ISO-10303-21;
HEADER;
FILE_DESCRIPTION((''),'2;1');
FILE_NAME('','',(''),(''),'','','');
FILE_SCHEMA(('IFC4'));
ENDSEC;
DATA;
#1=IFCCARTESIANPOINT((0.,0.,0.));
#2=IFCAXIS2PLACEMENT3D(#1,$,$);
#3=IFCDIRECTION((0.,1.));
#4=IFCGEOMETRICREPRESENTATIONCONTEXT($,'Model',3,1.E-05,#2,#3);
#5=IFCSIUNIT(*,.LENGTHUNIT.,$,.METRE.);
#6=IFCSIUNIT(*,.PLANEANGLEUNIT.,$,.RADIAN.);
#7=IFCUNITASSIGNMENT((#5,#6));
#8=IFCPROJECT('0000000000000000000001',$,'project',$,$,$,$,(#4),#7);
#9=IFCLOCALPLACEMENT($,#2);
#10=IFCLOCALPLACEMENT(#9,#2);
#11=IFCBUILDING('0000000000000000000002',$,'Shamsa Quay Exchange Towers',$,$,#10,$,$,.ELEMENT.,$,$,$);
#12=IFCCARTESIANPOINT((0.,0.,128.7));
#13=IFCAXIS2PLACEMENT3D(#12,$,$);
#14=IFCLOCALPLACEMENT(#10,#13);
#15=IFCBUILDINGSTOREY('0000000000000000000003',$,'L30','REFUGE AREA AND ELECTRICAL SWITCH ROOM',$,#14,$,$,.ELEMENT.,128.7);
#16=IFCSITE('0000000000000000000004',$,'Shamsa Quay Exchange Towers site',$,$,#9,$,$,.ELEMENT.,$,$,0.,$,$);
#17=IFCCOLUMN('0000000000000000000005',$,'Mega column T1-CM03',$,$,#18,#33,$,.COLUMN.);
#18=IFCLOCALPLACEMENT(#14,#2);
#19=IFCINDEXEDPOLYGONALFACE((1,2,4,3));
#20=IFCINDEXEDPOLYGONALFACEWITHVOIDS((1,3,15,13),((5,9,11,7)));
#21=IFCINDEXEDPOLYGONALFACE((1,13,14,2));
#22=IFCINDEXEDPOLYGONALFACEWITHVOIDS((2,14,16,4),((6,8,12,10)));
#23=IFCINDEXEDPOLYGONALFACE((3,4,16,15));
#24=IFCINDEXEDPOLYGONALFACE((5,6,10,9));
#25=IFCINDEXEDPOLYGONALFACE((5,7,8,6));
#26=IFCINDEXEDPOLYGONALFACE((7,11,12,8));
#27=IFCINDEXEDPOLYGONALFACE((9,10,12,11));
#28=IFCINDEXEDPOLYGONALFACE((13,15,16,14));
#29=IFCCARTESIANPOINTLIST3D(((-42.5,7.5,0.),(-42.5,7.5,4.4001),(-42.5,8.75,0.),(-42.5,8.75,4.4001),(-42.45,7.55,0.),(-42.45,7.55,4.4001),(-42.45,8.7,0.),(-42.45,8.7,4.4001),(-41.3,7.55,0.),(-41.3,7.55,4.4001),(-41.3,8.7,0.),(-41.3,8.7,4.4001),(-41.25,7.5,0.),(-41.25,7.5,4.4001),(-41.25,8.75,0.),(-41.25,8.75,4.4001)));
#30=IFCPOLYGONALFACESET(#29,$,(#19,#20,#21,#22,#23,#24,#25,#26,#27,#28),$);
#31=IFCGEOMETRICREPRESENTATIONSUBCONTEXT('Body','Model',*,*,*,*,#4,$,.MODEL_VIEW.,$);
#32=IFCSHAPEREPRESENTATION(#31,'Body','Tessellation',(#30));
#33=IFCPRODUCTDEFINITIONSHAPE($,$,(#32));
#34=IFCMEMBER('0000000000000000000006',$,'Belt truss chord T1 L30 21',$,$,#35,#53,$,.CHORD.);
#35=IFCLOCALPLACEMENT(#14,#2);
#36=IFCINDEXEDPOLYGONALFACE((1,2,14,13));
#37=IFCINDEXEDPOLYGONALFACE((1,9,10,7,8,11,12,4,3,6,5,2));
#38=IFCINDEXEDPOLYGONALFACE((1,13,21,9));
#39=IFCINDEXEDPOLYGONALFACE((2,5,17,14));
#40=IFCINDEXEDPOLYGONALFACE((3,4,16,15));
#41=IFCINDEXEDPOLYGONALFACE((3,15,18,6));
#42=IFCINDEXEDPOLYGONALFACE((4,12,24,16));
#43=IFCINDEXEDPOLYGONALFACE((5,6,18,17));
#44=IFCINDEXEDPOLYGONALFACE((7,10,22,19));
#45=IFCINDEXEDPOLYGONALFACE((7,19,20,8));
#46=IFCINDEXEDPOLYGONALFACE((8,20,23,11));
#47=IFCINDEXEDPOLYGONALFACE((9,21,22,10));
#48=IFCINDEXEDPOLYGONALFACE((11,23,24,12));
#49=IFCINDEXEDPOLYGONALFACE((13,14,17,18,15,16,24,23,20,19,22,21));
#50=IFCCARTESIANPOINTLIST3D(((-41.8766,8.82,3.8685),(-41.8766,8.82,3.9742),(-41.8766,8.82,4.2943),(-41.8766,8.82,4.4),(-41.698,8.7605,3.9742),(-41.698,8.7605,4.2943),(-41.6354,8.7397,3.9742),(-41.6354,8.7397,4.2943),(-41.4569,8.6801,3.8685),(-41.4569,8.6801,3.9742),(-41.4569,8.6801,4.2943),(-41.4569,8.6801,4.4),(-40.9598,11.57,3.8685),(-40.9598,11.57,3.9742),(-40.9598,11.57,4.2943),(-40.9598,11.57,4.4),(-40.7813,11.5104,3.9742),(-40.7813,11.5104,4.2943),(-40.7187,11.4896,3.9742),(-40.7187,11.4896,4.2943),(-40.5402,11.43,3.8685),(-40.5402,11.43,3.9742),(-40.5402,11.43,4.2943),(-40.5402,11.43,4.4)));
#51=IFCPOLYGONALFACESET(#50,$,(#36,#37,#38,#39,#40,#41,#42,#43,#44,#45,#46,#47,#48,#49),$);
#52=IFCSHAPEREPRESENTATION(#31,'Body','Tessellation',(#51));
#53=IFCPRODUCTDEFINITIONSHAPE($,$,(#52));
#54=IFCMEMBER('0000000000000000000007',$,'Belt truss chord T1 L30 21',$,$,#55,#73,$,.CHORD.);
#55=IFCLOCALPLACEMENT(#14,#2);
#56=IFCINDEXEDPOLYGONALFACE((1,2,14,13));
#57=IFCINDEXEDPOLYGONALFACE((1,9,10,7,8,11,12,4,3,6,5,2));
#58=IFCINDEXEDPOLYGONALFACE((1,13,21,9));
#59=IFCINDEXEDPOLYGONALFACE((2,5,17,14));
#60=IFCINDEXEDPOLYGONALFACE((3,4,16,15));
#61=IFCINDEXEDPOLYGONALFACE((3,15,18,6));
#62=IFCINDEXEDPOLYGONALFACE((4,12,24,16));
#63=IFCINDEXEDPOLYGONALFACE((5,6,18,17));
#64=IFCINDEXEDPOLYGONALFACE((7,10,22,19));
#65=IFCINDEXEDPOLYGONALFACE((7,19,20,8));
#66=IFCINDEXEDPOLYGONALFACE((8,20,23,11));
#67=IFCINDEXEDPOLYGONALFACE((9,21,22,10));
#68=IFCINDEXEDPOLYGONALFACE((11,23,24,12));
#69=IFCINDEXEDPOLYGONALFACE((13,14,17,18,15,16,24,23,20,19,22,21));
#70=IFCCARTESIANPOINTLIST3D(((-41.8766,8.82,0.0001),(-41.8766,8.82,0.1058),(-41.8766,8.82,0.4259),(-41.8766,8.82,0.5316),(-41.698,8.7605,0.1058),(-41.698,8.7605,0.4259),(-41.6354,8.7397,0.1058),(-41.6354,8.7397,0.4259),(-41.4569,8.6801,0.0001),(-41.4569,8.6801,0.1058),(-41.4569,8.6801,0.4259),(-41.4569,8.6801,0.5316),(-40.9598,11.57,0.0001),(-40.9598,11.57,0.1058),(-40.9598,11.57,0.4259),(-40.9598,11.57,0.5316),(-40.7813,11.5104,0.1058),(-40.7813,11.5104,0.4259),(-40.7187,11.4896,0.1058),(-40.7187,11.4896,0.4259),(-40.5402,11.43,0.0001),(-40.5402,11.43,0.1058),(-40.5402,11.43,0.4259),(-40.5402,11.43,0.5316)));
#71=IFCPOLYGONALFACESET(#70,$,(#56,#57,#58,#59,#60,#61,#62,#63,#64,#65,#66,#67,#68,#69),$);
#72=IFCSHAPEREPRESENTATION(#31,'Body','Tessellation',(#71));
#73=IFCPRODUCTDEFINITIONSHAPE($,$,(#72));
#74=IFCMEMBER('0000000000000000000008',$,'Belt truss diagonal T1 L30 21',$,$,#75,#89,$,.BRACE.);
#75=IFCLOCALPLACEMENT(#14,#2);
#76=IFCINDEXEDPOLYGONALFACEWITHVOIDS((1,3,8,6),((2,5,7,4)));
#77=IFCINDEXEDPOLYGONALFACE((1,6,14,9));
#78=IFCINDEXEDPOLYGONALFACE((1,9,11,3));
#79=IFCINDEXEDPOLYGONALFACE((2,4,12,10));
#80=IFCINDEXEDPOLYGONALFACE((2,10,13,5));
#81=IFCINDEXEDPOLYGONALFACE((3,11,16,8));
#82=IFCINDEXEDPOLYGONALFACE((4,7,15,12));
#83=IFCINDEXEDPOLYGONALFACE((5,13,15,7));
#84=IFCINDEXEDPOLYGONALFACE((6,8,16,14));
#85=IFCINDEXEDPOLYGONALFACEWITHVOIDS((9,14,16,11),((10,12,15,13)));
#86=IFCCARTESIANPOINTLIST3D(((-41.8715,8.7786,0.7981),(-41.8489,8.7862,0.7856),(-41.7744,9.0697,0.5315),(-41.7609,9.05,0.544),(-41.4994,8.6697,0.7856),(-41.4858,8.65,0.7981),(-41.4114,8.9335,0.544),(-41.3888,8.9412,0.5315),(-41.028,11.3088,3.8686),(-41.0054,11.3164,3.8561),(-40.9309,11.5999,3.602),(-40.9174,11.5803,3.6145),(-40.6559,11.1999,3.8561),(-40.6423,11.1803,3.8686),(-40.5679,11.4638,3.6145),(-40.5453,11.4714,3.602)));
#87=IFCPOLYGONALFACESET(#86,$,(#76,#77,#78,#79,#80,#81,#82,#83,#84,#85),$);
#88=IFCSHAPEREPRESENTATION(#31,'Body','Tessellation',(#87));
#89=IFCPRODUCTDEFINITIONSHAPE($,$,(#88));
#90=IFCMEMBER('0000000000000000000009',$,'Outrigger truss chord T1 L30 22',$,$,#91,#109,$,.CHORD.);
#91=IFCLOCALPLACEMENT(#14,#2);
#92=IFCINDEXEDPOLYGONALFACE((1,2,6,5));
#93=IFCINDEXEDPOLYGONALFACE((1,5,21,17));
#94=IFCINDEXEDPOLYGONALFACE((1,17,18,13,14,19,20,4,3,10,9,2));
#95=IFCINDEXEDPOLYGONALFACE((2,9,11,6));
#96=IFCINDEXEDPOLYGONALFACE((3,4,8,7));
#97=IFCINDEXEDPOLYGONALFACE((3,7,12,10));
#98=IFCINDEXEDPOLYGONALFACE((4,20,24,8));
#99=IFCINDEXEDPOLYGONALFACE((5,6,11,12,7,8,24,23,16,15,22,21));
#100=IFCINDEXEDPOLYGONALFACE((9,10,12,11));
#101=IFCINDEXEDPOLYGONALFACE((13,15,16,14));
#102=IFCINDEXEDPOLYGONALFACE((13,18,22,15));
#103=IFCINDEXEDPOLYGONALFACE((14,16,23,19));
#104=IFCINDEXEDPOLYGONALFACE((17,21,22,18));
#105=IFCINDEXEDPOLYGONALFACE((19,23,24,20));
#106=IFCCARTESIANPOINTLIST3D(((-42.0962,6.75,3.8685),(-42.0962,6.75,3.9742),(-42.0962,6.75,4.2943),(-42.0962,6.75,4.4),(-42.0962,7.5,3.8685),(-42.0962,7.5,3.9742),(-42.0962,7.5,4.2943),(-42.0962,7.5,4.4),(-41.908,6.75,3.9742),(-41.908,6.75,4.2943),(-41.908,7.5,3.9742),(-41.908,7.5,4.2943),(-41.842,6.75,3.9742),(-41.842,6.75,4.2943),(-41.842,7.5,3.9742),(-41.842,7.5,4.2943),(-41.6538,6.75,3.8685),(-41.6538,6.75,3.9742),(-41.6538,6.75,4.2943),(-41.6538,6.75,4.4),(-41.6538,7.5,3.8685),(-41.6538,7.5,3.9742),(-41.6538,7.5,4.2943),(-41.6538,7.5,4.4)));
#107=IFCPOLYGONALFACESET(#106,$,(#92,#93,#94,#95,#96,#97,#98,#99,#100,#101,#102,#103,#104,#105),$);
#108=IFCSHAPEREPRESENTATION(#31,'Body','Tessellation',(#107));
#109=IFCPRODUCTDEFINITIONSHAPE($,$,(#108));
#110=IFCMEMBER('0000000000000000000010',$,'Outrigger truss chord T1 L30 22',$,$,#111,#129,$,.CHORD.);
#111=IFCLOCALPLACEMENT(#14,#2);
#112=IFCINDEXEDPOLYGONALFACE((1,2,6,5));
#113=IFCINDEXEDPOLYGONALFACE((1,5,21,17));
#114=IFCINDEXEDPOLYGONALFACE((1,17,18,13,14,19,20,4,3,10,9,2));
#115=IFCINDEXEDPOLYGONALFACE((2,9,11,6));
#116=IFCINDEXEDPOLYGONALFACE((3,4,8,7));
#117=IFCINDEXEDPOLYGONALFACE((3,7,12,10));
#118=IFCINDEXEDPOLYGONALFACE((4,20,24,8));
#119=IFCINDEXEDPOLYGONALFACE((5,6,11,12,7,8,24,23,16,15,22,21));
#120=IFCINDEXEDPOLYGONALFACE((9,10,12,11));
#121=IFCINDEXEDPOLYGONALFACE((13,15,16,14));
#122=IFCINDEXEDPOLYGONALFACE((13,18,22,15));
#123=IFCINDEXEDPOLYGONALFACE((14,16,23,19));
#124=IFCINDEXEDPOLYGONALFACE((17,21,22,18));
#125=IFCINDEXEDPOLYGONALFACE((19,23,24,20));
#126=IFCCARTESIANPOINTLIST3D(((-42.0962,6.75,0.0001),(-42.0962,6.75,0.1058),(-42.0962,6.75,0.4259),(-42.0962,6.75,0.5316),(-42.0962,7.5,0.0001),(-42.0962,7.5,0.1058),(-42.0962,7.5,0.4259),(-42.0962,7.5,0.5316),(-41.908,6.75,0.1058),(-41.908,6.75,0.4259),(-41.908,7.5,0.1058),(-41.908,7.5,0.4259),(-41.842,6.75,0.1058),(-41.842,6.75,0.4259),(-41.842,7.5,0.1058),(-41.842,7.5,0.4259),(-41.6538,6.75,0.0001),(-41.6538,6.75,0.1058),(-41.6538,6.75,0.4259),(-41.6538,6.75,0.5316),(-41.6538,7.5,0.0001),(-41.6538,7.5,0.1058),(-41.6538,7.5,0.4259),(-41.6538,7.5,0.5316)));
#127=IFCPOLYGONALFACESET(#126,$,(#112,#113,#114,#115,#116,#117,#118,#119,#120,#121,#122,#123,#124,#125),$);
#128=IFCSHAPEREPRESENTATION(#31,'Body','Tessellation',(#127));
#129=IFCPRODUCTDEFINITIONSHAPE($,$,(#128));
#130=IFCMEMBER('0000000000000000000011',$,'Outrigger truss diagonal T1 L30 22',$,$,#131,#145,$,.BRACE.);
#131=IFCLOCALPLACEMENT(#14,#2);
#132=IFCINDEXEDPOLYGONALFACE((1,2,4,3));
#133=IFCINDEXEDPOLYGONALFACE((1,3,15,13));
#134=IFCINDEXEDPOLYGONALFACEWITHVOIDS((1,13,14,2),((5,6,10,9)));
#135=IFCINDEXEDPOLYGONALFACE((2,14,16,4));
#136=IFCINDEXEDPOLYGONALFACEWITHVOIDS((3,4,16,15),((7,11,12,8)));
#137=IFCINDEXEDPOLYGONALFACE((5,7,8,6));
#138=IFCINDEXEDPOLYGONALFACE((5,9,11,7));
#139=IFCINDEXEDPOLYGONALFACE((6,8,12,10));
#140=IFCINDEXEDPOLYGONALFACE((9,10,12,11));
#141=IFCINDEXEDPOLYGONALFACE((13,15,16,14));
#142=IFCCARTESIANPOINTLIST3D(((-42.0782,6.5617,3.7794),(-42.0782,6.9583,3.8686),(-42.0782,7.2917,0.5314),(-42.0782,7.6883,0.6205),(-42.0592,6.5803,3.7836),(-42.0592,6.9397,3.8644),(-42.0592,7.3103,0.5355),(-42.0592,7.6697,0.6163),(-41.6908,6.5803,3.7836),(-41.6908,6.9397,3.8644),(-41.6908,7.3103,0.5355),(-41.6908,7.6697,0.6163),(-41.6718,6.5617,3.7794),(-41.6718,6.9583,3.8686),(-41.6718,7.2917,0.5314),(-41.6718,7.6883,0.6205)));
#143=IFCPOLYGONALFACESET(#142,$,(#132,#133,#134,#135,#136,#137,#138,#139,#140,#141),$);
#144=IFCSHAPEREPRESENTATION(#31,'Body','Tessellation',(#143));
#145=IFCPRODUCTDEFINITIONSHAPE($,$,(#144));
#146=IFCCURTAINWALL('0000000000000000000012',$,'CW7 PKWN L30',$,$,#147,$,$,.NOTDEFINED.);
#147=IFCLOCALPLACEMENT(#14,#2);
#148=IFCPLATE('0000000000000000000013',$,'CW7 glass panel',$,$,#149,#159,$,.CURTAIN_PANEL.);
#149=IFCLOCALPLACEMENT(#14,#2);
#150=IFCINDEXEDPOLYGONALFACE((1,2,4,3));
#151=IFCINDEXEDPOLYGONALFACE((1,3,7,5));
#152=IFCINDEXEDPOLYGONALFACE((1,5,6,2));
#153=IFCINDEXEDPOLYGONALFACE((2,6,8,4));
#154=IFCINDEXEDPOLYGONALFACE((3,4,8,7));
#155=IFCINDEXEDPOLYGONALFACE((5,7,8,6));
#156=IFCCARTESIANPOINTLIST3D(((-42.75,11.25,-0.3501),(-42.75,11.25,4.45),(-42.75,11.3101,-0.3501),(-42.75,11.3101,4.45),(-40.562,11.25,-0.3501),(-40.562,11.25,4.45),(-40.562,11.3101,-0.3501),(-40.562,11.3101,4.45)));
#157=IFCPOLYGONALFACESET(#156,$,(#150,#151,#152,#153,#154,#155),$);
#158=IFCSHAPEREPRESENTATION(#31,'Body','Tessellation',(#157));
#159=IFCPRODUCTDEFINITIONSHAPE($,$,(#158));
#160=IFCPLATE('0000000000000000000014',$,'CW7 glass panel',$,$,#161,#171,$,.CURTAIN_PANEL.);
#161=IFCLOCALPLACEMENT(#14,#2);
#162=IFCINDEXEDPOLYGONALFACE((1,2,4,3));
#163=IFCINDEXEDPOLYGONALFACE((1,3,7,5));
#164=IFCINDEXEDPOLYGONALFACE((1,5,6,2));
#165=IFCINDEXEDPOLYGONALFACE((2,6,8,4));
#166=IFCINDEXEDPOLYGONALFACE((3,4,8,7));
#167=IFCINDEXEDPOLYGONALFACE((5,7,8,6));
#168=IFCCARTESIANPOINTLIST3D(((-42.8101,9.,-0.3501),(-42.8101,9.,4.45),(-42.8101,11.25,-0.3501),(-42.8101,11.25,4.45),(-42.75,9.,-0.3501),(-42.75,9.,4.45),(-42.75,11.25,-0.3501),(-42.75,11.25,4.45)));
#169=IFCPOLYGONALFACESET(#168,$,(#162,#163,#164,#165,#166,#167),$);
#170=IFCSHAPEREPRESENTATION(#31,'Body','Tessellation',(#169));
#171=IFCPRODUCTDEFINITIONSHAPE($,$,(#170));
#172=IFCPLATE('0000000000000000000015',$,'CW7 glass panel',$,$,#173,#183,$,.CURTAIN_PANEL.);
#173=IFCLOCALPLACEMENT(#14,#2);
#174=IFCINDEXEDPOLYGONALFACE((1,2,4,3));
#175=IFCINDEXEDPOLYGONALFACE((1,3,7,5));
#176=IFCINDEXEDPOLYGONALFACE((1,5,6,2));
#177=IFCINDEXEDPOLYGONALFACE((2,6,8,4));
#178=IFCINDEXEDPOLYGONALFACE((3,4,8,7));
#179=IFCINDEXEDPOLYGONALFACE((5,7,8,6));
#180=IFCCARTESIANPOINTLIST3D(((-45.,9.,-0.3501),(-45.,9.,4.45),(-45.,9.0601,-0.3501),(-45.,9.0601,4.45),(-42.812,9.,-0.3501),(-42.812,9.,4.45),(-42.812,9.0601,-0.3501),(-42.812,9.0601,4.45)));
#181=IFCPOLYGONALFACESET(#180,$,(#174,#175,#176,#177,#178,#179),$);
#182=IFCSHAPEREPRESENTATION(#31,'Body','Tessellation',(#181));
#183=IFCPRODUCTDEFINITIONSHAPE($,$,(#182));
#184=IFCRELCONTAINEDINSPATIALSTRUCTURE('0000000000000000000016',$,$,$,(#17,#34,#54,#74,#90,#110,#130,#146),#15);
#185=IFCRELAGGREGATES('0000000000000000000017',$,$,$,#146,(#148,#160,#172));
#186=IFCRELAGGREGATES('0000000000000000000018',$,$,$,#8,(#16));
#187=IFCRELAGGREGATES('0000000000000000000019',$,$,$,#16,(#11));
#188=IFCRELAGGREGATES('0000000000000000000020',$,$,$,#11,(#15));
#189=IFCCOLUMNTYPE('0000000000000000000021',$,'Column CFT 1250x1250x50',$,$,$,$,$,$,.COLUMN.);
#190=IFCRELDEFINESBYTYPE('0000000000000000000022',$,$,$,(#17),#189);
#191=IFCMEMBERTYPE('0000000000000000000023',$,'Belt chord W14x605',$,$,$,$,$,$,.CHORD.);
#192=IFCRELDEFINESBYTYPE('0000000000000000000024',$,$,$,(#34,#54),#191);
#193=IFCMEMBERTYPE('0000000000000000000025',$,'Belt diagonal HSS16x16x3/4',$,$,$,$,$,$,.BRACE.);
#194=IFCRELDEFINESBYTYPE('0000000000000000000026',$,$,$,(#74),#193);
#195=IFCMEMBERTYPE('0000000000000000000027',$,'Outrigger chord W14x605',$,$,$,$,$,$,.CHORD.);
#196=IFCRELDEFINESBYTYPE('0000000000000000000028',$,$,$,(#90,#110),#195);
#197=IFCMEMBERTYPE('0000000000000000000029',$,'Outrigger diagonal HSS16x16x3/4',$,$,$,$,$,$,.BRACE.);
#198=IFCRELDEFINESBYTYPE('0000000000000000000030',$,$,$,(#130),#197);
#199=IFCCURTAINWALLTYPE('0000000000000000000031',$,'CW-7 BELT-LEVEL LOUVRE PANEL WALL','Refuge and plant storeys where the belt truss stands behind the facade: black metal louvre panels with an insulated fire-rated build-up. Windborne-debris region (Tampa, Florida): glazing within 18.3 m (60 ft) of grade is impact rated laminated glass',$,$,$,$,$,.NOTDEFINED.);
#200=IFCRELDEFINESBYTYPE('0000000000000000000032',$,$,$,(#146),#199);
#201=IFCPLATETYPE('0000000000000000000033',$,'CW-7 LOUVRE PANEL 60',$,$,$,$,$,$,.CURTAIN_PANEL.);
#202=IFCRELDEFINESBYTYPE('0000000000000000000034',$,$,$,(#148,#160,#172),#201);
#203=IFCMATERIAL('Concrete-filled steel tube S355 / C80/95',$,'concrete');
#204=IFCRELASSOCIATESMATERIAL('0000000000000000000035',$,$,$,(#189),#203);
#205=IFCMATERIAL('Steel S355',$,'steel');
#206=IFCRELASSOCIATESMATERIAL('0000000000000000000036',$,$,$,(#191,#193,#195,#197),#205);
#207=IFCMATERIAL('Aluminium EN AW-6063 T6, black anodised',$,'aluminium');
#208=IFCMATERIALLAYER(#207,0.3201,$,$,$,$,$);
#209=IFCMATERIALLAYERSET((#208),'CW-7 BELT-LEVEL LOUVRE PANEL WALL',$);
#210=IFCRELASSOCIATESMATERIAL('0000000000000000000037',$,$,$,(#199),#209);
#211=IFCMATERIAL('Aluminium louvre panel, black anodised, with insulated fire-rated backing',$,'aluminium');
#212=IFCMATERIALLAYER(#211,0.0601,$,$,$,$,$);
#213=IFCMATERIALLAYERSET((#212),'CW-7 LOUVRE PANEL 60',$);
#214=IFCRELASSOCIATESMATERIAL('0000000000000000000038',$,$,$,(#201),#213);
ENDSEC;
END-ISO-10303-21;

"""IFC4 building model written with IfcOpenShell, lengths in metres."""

from ifc_helpers import new_model, si_unit, direction, frame, origin, origin_2d, place, context, subcontext, project, spatial, rectangle, hollow_rectangle, i_section, extrude, material, layer, layer_set, material_profile, profile_set, type_object, element, aggregate, save


model = new_model("IFC4")

# Units and contexts
model_context = context("Model", 3, precision=1e-05, world=origin(), true_north=direction((0.0, 1.0)))
body_context = subcontext(model_context, "Body", "Model", "MODEL_VIEW")
ifc_project = project(units=[si_unit("LENGTHUNIT", "METRE"), si_unit("PLANEANGLEUNIT", "RADIAN")], contexts=[model_context])

# Site, building, storey
site_placement = place(None, origin())
site = spatial("IfcSite", under=ifc_project, at=site_placement, Name="Shamsa Quay Exchange Towers site", CompositionType="ELEMENT", RefElevation=0.0)
building_placement = place(site_placement, origin())
building = spatial("IfcBuilding", under=site, at=building_placement, Name="Shamsa Quay Exchange Towers", CompositionType="ELEMENT")
storey_placement = place(building_placement, frame((0.0, 0.0, 128.7)))
storey = spatial("IfcBuildingStorey", under=building, at=storey_placement, Name="L30", Description="REFUGE AREA AND ELECTRICAL SWITCH ROOM", CompositionType="ELEMENT", Elevation=128.7)

# Column
ifc_material_1 = material(Name="Concrete-filled steel tube S355 / C80/95", Category="concrete")
ifc_material_profile_1 = material_profile(ifc_material_1, hollow_rectangle(XDim=1.25, YDim=1.25, WallThickness=0.05, at=origin_2d()), Name="CFT 1250x1250x50")
ifc_profile_set_1 = profile_set([ifc_material_profile_1], Name="Concrete-filled steel tube S355 / C80/95")
column_type = type_object("IfcColumnType", Name="Column CFT 1250x1250x50", PredefinedType="COLUMN", material=ifc_profile_set_1)
column_placement = place(storey_placement, frame((-41.875, 8.125, 0.0)))
element("IfcColumn", 1, at=column_placement, inside=storey, type_object=column_type, Name="Mega column T1-CM03", PredefinedType="COLUMN", context=body_context, shape_type="SweptSolid", body=[
    extrude(hollow_rectangle(XDim=1.25, YDim=1.25, WallThickness=0.05, at=origin_2d()), origin(), (0.0, 0.0, 1.0), 4.4001),
])

# Members
ifc_material_2 = material(Name="Steel S355", Category="steel")
ifc_material_profile_2 = material_profile(ifc_material_2, i_section(OverallWidth=0.4424, OverallDepth=0.5315, WebThickness=0.0659, FlangeThickness=0.1057, at=origin_2d()), Name="W14x605")
ifc_profile_set_2 = profile_set([ifc_material_profile_2], Name="Steel S355")
member_type_1 = type_object("IfcMemberType", Name="Belt chord W14x605", PredefinedType="CHORD", material=ifc_profile_set_2)
for number, where, z_axis, x_axis, name in (
    (2, (-40.75, 11.5, 4.1343), (-0.316253, -0.948675, 0.0), (0.948675, -0.316253, 0.0), "Belt truss chord T1 L30 21"),
    (3, (-40.75, 11.5, 0.2659), (-0.316253, -0.948675, 0.0), (0.948675, -0.316253, 0.0), "Belt truss chord T1 L30 21"),
):
    element("IfcMember", number, at=place(storey_placement, frame(where, z_axis=z_axis, x_axis=x_axis)), inside=storey, type_object=member_type_1, Name=name, PredefinedType="CHORD", context=body_context, shape_type="SweptSolid", body=[
        extrude(i_section(OverallWidth=0.4424, OverallDepth=0.5315, WebThickness=0.0659, FlangeThickness=0.1057, at=origin_2d()), origin(), (0.0, 0.0, 1.0), 2.8987),
    ])
ifc_material_profile_3 = material_profile(ifc_material_2, hollow_rectangle(XDim=0.4065, YDim=0.4065, WallThickness=0.019, at=origin_2d()), Name="HSS16x16x3/4")
ifc_profile_set_3 = profile_set([ifc_material_profile_3], Name="Steel S355")
member_type_2 = type_object("IfcMemberType", Name="Belt diagonal HSS16x16x3/4", PredefinedType="BRACE", material=ifc_profile_set_3)
member_1_placement = place(storey_placement, frame((-41.6301, 8.8599, 0.6648), z_axis=(0.207392, 0.622117, 0.754956), x_axis=(-0.948674, 0.316255, 0.0)))
element("IfcMember", 4, at=member_1_placement, inside=storey, type_object=member_type_2, Name="Belt truss diagonal T1 L30 21", PredefinedType="BRACE", context=body_context, shape_type="SweptSolid", body=[
    extrude(hollow_rectangle(XDim=0.4065, YDim=0.4065, WallThickness=0.019, at=origin_2d()), origin(), (0.0, 0.0, 1.0), 4.0671),
])
ifc_material_profile_4 = material_profile(ifc_material_2, i_section(OverallWidth=0.4424, OverallDepth=0.5315, WebThickness=0.0659, FlangeThickness=0.1057, at=origin_2d()), Name="W14x605")
ifc_profile_set_4 = profile_set([ifc_material_profile_4], Name="Steel S355")
member_type_3 = type_object("IfcMemberType", Name="Outrigger chord W14x605", PredefinedType="CHORD", material=ifc_profile_set_4)
for number, where, z_axis, x_axis, name in (
    (5, (-41.875, 7.5, 4.1343), (0.0, -1.0, 0.0), (1.0, 0.0, 0.0), "Outrigger truss chord T1 L30 22"),
    (6, (-41.875, 7.5, 0.2659), (0.0, -1.0, 0.0), (1.0, 0.0, 0.0), "Outrigger truss chord T1 L30 22"),
):
    element("IfcMember", number, at=place(storey_placement, frame(where, z_axis=z_axis, x_axis=x_axis)), inside=storey, type_object=member_type_3, Name=name, PredefinedType="CHORD", context=body_context, shape_type="SweptSolid", body=[
        extrude(i_section(OverallWidth=0.4424, OverallDepth=0.5315, WebThickness=0.0659, FlangeThickness=0.1057, at=origin_2d()), origin(), (0.0, 0.0, 1.0), 0.75),
    ])
ifc_material_profile_5 = material_profile(ifc_material_2, hollow_rectangle(XDim=0.4065, YDim=0.4065, WallThickness=0.019, at=origin_2d()), Name="HSS16x16x3/4")
ifc_profile_set_5 = profile_set([ifc_material_profile_5], Name="Steel S355")
member_type_4 = type_object("IfcMemberType", Name="Outrigger diagonal HSS16x16x3/4", PredefinedType="BRACE", material=ifc_profile_set_5)
member_2_placement = place(storey_placement, frame((-41.875, 7.49, 0.5759), z_axis=(0.0, -0.219275, 0.975663), x_axis=(1.0, 0.0, 0.0)))
element("IfcMember", 7, at=member_2_placement, inside=storey, type_object=member_type_4, Name="Outrigger truss diagonal T1 L30 22", PredefinedType="BRACE", context=body_context, shape_type="SweptSolid", body=[
    extrude(hollow_rectangle(XDim=0.4065, YDim=0.4065, WallThickness=0.019, at=origin_2d()), origin(), (0.0, 0.0, 1.0), 3.3291),
])

# Curtain wall, plates
ifc_material_3 = material(Name="Aluminium EN AW-6063 T6, black anodised", Category="aluminium")
ifc_layer_1 = layer(ifc_material_3, 0.3201)
ifc_layer_set_1 = layer_set([ifc_layer_1], Name="CW-7 BELT-LEVEL LOUVRE PANEL WALL")
curtain_wall_type = type_object("IfcCurtainWallType", Name="CW-7 BELT-LEVEL LOUVRE PANEL WALL", Description="Refuge and plant storeys where the belt truss stands behind the facade: black metal louvre panels with an insulated fire-rated build-up. Windborne-debris region (Tampa, Florida): glazing within 18.3 m (60 ft) of grade is impact rated laminated glass", PredefinedType="NOTDEFINED", material=ifc_layer_set_1)
curtain_wall_placement = place(storey_placement, origin())
curtain_wall = element("IfcCurtainWall", 8, at=curtain_wall_placement, inside=storey, type_object=curtain_wall_type, Name="CW7 PKWN L30", PredefinedType="NOTDEFINED")
ifc_material_4 = material(Name="Aluminium louvre panel, black anodised, with insulated fire-rated backing", Category="aluminium")
ifc_layer_2 = layer(ifc_material_4, 0.0601)
ifc_layer_set_2 = layer_set([ifc_layer_2], Name="CW-7 LOUVRE PANEL 60")
plate_type = type_object("IfcPlateType", Name="CW-7 LOUVRE PANEL 60", PredefinedType="CURTAIN_PANEL", material=ifc_layer_set_2)
plate_1_placement = place(storey_placement, frame((-41.656, 11.28, -0.3501), z_axis=(0.0, 0.0, 1.0), x_axis=(-1.0, 0.0, 0.0)))
plate_1 = element("IfcPlate", 9, at=plate_1_placement, type_object=plate_type, Name="CW7 glass panel", PredefinedType="CURTAIN_PANEL", context=body_context, shape_type="SweptSolid", body=[
    extrude(rectangle(XDim=2.188, YDim=0.0601, at=origin_2d()), origin(), (0.0, 0.0, 1.0), 4.8),
])
plate_2_placement = place(storey_placement, frame((-42.78, 10.125, -0.3501), z_axis=(0.0, 0.0, 1.0), x_axis=(0.0, -1.0, 0.0)))
plate_2 = element("IfcPlate", 10, at=plate_2_placement, type_object=plate_type, Name="CW7 glass panel", PredefinedType="CURTAIN_PANEL", context=body_context, shape_type="SweptSolid", body=[
    extrude(rectangle(XDim=2.25, YDim=0.0601, at=origin_2d()), origin(), (0.0, 0.0, 1.0), 4.8),
])
plate_3_placement = place(storey_placement, frame((-43.906, 9.03, -0.3501), z_axis=(0.0, 0.0, 1.0), x_axis=(-1.0, 0.0, 0.0)))
plate_3 = element("IfcPlate", 11, at=plate_3_placement, type_object=plate_type, Name="CW7 glass panel", PredefinedType="CURTAIN_PANEL", context=body_context, shape_type="SweptSolid", body=[
    extrude(rectangle(XDim=2.188, YDim=0.0601, at=origin_2d()), origin(), (0.0, 0.0, 1.0), 4.8),
])
aggregate(curtain_wall, [plate_1, plate_2, plate_3])

save(model, "model.ifc")
